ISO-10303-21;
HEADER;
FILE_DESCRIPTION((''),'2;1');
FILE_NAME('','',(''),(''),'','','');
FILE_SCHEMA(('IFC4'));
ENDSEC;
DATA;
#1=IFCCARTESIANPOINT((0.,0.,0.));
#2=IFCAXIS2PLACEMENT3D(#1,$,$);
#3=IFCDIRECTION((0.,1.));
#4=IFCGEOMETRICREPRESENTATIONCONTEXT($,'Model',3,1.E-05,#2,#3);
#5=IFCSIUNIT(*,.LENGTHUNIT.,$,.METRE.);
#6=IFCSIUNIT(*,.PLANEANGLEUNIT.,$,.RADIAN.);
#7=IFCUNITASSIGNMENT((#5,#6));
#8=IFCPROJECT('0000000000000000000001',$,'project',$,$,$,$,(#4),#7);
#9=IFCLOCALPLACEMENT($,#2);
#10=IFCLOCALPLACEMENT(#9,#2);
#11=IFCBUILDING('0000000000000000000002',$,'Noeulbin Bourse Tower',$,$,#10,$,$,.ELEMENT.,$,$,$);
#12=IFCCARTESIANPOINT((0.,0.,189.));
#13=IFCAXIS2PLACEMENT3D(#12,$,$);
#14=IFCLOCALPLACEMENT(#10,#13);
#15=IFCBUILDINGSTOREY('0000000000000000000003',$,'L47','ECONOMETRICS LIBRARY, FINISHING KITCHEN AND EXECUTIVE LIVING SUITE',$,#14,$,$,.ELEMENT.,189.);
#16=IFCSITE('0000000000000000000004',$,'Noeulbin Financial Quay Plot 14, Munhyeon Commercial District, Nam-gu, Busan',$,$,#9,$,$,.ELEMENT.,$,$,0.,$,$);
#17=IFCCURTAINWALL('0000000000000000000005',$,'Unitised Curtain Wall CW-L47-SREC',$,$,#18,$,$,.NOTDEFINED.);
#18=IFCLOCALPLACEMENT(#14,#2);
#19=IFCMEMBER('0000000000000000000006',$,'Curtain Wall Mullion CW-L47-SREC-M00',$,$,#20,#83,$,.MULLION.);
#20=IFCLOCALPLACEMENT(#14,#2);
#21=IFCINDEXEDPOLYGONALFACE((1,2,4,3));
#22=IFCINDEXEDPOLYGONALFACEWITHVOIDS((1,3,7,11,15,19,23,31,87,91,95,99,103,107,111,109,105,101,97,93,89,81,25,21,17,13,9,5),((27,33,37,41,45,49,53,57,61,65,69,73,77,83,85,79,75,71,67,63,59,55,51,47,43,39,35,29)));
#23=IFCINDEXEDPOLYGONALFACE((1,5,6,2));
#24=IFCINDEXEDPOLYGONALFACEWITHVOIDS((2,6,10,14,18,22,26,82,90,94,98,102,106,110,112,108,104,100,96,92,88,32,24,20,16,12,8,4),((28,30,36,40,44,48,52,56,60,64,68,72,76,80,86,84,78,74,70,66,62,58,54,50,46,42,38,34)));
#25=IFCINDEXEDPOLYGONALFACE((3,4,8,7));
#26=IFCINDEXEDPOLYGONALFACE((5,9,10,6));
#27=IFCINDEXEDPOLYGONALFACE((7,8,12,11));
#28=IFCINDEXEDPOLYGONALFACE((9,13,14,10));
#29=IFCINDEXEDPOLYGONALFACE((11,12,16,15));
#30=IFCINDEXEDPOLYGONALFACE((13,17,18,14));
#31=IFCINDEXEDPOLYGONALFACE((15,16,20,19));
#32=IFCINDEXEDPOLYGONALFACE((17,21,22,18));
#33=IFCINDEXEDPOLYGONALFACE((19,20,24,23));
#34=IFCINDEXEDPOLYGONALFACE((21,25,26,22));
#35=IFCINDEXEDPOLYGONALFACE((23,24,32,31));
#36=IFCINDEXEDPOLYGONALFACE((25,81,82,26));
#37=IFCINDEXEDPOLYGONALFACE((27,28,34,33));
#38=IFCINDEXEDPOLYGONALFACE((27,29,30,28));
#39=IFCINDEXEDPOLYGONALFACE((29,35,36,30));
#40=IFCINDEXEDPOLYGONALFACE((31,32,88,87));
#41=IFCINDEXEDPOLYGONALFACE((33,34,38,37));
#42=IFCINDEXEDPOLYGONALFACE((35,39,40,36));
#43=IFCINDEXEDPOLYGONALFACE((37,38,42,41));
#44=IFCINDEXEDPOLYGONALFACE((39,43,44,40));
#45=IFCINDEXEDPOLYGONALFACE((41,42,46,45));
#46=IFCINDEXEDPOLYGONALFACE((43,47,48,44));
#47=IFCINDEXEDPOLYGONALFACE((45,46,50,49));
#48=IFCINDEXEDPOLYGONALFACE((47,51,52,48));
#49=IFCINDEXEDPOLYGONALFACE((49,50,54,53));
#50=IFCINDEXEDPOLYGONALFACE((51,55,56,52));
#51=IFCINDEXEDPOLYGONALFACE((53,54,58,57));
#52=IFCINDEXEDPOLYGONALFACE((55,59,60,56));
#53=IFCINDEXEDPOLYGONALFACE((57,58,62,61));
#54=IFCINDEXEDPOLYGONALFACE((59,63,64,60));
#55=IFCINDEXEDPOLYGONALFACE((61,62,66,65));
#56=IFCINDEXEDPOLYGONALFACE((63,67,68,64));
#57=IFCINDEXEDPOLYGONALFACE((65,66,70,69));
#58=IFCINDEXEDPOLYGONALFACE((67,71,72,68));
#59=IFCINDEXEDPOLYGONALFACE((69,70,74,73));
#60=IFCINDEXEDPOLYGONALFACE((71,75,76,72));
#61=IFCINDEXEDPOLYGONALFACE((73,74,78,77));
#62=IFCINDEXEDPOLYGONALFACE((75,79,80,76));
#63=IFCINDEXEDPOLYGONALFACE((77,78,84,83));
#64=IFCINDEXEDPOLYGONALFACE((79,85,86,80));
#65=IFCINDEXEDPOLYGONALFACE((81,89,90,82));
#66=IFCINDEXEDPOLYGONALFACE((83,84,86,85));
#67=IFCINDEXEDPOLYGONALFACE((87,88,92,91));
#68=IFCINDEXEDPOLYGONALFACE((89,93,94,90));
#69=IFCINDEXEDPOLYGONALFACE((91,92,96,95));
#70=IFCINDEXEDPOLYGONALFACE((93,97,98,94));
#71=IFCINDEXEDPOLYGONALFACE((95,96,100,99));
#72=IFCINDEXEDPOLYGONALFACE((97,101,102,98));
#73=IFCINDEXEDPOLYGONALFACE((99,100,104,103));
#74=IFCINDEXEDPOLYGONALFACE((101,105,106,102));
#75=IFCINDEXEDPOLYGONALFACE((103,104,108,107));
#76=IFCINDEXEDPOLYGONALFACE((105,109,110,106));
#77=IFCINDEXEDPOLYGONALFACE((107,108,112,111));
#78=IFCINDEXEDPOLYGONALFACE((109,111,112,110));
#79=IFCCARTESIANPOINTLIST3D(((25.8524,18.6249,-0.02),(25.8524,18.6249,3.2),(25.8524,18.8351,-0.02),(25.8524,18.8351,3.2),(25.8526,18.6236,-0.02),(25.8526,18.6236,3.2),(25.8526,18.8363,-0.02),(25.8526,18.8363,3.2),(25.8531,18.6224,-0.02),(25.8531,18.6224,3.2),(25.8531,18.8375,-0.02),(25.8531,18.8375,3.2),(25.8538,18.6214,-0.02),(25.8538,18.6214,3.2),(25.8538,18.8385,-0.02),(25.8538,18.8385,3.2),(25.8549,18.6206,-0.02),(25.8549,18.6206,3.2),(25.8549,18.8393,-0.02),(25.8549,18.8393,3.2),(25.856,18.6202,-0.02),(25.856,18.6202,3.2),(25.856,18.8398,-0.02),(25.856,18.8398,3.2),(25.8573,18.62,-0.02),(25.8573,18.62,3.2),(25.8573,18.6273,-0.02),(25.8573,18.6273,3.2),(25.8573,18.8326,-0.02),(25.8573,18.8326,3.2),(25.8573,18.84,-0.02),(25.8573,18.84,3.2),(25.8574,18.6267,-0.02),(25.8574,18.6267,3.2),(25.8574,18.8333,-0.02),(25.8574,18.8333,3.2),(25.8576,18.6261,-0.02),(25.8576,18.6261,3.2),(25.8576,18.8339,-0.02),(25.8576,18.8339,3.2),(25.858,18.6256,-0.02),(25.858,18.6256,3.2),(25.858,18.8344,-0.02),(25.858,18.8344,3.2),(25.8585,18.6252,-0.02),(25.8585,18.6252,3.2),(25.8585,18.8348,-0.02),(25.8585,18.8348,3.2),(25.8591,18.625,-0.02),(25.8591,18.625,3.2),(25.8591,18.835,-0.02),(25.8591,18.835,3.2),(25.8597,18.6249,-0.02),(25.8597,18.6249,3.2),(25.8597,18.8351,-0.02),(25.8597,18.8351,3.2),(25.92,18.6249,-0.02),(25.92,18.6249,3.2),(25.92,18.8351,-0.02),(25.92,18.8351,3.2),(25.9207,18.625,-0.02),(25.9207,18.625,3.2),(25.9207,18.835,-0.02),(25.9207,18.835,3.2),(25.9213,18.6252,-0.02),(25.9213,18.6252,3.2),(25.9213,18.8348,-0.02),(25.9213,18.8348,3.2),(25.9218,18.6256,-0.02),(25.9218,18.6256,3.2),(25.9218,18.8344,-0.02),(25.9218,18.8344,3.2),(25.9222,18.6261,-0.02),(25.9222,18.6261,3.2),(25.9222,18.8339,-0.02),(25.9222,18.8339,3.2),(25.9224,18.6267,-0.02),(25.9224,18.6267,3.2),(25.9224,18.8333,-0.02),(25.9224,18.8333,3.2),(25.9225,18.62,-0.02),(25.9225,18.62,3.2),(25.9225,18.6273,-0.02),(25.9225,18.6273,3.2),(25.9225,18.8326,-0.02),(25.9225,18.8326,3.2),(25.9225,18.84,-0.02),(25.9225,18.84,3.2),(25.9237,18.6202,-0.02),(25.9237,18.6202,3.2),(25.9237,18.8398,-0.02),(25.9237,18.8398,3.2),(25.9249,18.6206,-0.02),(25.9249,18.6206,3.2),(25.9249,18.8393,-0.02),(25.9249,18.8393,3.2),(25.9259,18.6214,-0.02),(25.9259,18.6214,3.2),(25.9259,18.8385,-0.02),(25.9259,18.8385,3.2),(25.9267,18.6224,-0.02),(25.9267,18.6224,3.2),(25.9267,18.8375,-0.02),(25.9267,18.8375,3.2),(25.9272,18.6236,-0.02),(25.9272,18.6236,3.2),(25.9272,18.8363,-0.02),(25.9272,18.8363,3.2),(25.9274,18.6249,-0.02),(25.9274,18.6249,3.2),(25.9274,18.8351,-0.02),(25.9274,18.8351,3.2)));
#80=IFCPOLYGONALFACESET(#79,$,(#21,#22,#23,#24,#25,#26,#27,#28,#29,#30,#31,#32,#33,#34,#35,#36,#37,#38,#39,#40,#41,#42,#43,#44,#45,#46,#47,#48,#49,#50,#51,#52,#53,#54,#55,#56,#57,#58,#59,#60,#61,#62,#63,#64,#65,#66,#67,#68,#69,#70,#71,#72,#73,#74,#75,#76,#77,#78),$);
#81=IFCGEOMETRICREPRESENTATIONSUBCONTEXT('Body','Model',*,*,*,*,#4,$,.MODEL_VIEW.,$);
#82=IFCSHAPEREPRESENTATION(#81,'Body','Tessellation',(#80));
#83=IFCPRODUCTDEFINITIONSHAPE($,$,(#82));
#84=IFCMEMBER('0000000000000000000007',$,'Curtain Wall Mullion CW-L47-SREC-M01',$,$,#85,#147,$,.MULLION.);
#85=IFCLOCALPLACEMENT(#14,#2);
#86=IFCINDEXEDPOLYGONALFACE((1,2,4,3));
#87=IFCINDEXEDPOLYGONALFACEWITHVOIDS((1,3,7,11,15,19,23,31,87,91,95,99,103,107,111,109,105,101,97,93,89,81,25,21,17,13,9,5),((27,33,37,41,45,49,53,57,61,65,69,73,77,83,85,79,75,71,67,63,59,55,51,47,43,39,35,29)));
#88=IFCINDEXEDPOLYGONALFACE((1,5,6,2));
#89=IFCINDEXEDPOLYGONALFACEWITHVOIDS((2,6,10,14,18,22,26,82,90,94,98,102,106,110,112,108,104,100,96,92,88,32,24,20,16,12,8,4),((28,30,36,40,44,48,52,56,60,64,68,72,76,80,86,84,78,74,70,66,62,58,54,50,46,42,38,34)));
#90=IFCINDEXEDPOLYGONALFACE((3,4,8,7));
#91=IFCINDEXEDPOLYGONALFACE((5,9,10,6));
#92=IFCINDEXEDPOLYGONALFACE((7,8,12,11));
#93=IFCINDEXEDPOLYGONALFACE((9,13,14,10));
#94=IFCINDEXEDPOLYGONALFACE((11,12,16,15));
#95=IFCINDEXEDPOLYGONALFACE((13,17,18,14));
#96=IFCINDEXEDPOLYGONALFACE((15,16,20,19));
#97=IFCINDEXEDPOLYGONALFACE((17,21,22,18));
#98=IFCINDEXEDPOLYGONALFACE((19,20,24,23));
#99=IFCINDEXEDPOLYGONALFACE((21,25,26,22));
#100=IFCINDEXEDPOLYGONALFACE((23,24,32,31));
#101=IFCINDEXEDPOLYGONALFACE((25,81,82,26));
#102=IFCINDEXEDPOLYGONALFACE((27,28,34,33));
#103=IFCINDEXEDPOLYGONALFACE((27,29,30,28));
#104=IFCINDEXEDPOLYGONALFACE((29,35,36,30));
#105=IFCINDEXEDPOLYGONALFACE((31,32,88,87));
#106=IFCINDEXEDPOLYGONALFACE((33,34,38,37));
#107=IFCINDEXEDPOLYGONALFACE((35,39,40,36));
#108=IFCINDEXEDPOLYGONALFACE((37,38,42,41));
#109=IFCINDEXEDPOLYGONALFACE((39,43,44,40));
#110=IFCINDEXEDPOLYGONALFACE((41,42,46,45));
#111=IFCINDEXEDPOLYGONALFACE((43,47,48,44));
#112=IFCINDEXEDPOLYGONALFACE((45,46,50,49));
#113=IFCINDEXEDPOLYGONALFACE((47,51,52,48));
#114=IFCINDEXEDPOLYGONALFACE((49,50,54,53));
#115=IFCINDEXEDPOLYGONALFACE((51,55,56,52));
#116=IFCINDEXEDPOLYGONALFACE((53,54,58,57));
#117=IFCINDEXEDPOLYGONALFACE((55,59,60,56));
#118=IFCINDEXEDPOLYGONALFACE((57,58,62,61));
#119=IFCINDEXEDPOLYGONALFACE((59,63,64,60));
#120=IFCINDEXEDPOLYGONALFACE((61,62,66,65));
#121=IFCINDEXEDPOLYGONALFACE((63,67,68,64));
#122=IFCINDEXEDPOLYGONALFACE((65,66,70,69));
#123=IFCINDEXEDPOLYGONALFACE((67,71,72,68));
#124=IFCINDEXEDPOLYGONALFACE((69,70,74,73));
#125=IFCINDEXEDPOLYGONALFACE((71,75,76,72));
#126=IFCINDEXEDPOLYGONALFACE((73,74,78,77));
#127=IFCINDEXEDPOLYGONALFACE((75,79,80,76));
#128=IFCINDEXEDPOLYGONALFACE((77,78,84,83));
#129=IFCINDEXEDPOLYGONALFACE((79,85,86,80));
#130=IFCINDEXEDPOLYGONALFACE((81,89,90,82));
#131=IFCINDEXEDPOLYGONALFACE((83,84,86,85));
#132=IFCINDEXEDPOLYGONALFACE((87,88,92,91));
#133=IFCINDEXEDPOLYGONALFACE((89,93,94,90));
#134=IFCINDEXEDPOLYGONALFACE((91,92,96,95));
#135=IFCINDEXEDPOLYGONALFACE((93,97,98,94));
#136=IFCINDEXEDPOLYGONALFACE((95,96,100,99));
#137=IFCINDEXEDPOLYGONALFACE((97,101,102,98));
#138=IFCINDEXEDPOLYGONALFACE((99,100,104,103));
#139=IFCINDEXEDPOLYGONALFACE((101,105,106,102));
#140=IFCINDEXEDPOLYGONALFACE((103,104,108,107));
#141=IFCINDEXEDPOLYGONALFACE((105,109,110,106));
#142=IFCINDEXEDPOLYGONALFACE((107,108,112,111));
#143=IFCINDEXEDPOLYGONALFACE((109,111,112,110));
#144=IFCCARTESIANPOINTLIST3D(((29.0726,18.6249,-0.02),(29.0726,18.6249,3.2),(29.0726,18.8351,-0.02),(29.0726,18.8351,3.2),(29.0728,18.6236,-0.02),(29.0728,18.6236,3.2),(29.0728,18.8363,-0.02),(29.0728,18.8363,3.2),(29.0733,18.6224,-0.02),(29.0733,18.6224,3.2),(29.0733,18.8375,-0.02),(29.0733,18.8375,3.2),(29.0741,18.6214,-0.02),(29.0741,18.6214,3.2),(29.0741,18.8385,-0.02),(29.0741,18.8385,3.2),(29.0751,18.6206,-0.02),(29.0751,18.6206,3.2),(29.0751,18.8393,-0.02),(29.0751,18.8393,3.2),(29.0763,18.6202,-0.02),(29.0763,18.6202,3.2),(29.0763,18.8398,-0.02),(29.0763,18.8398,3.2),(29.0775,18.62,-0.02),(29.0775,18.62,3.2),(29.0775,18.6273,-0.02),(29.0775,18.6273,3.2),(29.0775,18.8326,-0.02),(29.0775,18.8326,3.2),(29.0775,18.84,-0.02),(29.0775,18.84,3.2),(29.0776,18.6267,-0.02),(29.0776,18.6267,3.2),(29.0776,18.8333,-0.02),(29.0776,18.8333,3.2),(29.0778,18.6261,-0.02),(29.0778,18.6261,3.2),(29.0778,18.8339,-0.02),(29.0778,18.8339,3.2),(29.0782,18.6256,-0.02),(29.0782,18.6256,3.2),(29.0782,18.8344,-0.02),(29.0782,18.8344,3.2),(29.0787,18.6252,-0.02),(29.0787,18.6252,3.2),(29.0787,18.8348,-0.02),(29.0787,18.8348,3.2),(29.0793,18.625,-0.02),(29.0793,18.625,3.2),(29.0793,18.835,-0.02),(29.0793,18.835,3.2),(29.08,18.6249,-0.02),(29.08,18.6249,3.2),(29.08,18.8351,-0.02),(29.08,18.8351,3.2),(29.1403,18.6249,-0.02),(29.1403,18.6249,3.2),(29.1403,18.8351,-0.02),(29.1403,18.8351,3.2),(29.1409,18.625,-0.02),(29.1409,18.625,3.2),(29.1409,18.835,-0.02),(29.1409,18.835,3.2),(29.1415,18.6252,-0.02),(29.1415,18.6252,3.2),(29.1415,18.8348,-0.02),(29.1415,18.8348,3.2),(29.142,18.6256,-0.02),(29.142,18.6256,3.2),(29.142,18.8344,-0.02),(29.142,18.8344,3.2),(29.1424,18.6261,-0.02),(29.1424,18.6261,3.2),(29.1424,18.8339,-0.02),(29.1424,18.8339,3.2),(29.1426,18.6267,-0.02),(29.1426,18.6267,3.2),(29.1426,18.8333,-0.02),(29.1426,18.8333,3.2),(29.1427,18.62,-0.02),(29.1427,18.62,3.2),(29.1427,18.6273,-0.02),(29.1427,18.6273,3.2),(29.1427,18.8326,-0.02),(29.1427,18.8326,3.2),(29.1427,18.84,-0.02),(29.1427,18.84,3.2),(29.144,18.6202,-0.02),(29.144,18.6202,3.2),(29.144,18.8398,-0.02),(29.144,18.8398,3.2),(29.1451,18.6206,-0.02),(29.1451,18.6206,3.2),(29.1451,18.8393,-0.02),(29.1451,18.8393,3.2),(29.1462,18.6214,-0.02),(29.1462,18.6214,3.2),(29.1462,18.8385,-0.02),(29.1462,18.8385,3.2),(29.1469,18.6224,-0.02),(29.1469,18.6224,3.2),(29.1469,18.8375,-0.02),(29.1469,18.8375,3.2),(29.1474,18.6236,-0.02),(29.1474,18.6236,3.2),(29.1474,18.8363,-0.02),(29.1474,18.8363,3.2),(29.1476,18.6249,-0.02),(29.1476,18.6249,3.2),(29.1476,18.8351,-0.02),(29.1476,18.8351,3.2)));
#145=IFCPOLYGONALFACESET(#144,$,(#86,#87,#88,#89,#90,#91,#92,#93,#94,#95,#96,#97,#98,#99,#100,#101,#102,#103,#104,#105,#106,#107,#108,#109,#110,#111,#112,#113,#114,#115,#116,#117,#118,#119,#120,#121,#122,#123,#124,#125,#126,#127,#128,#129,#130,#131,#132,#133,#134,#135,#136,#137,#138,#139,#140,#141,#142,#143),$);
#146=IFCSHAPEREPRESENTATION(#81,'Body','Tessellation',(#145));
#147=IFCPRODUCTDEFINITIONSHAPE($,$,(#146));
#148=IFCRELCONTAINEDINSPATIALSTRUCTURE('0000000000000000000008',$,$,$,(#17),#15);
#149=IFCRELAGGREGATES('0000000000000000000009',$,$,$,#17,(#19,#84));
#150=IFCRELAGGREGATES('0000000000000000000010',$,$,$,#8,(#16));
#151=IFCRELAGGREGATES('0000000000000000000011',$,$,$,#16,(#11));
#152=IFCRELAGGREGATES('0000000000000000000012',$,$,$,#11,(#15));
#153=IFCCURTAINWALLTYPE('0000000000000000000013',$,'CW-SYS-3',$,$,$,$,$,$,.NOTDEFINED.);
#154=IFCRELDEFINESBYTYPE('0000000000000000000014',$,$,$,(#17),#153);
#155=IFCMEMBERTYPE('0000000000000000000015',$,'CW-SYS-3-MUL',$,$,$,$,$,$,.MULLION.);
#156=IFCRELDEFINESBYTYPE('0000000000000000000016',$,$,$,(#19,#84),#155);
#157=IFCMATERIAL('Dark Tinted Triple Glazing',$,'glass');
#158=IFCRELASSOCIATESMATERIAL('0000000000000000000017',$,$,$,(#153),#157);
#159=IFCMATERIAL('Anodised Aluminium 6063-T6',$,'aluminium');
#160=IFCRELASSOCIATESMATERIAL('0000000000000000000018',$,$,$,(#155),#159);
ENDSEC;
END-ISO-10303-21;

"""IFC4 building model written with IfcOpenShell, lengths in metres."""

from ifc_helpers import new_model, si_unit, direction, frame, origin, origin_2d, place, context, subcontext, project, spatial, hollow_rectangle, extrude, material, material_profile, profile_set, type_object, element, aggregate, save


model = new_model("IFC4")

# Units and contexts
model_context = context("Model", 3, precision=1e-05, world=origin(), true_north=direction((0.0, 1.0)))
body_context = subcontext(model_context, "Body", "Model", "MODEL_VIEW")
ifc_project = project(units=[si_unit("LENGTHUNIT", "METRE"), si_unit("PLANEANGLEUNIT", "RADIAN")], contexts=[model_context])

# Site, building, storey
site_placement = place(None, origin())
site = spatial("IfcSite", under=ifc_project, at=site_placement, Name="Noeulbin Financial Quay Plot 14, Munhyeon Commercial District, Nam-gu, Busan", CompositionType="ELEMENT", RefElevation=0.0)
building_placement = place(site_placement, origin())
building = spatial("IfcBuilding", under=site, at=building_placement, Name="Noeulbin Bourse Tower", CompositionType="ELEMENT")
storey_placement = place(building_placement, frame((0.0, 0.0, 189.0)))
storey = spatial("IfcBuildingStorey", under=building, at=storey_placement, Name="L47", Description="ECONOMETRICS LIBRARY, FINISHING KITCHEN AND EXECUTIVE LIVING SUITE", CompositionType="ELEMENT", Elevation=189.0)

# Curtain wall, members
ifc_material_1 = material(Name="Dark Tinted Triple Glazing", Category="glass")
curtain_wall_type = type_object("IfcCurtainWallType", Name="CW-SYS-3", PredefinedType="NOTDEFINED", material=ifc_material_1)
curtain_wall_1_placement = place(storey_placement, origin())
curtain_wall_1 = element("IfcCurtainWall", 1, at=curtain_wall_1_placement, inside=storey, type_object=curtain_wall_type, Name="Unitised Curtain Wall CW-L47-SREC", PredefinedType="NOTDEFINED")
ifc_material_2 = material(Name="Anodised Aluminium 6063-T6", Category="aluminium")
ifc_material_profile_1 = material_profile(ifc_material_2, hollow_rectangle(XDim=0.075, YDim=0.22, WallThickness=0.0049, InnerFilletRadius=0.0024, OuterFilletRadius=0.0049, at=origin_2d()), Name="ALU-MULL-75x220x5", Category="LoadBearing")
ifc_profile_set_1 = profile_set([ifc_material_profile_1], Name="Anodised Aluminium 6063-T6")
member_type_1 = type_object("IfcMemberType", Name="CW-SYS-3-MUL", PredefinedType="MULLION", material=ifc_profile_set_1)
member_1_placement = place(storey_placement, frame((25.8899, 18.73, -0.02), z_axis=(0.0, 0.0, 1.0), x_axis=(1.0, 0.0, 0.0)))
member_1 = element("IfcMember", 2, at=member_1_placement, type_object=member_type_1, Name="Curtain Wall Mullion CW-L47-SREC-M00", PredefinedType="MULLION", context=body_context, shape_type="SweptSolid", body=[
    extrude(hollow_rectangle(XDim=0.075, YDim=0.22, WallThickness=0.0049, InnerFilletRadius=0.0024, OuterFilletRadius=0.0049, at=origin_2d()), origin(), (0.0, 0.0, 1.0), 3.22),
])
member_2_placement = place(storey_placement, frame((29.1101, 18.73, -0.02), z_axis=(0.0, 0.0, 1.0), x_axis=(1.0, 0.0, 0.0)))
member_2 = element("IfcMember", 3, at=member_2_placement, type_object=member_type_1, Name="Curtain Wall Mullion CW-L47-SREC-M01", PredefinedType="MULLION", context=body_context, shape_type="SweptSolid", body=[
    extrude(hollow_rectangle(XDim=0.075, YDim=0.22, WallThickness=0.0049, InnerFilletRadius=0.0024, OuterFilletRadius=0.0049, at=origin_2d()), origin(), (0.0, 0.0, 1.0), 3.22),
])

aggregate(curtain_wall_1, [member_1, member_2])

save(model, "model.ifc")
